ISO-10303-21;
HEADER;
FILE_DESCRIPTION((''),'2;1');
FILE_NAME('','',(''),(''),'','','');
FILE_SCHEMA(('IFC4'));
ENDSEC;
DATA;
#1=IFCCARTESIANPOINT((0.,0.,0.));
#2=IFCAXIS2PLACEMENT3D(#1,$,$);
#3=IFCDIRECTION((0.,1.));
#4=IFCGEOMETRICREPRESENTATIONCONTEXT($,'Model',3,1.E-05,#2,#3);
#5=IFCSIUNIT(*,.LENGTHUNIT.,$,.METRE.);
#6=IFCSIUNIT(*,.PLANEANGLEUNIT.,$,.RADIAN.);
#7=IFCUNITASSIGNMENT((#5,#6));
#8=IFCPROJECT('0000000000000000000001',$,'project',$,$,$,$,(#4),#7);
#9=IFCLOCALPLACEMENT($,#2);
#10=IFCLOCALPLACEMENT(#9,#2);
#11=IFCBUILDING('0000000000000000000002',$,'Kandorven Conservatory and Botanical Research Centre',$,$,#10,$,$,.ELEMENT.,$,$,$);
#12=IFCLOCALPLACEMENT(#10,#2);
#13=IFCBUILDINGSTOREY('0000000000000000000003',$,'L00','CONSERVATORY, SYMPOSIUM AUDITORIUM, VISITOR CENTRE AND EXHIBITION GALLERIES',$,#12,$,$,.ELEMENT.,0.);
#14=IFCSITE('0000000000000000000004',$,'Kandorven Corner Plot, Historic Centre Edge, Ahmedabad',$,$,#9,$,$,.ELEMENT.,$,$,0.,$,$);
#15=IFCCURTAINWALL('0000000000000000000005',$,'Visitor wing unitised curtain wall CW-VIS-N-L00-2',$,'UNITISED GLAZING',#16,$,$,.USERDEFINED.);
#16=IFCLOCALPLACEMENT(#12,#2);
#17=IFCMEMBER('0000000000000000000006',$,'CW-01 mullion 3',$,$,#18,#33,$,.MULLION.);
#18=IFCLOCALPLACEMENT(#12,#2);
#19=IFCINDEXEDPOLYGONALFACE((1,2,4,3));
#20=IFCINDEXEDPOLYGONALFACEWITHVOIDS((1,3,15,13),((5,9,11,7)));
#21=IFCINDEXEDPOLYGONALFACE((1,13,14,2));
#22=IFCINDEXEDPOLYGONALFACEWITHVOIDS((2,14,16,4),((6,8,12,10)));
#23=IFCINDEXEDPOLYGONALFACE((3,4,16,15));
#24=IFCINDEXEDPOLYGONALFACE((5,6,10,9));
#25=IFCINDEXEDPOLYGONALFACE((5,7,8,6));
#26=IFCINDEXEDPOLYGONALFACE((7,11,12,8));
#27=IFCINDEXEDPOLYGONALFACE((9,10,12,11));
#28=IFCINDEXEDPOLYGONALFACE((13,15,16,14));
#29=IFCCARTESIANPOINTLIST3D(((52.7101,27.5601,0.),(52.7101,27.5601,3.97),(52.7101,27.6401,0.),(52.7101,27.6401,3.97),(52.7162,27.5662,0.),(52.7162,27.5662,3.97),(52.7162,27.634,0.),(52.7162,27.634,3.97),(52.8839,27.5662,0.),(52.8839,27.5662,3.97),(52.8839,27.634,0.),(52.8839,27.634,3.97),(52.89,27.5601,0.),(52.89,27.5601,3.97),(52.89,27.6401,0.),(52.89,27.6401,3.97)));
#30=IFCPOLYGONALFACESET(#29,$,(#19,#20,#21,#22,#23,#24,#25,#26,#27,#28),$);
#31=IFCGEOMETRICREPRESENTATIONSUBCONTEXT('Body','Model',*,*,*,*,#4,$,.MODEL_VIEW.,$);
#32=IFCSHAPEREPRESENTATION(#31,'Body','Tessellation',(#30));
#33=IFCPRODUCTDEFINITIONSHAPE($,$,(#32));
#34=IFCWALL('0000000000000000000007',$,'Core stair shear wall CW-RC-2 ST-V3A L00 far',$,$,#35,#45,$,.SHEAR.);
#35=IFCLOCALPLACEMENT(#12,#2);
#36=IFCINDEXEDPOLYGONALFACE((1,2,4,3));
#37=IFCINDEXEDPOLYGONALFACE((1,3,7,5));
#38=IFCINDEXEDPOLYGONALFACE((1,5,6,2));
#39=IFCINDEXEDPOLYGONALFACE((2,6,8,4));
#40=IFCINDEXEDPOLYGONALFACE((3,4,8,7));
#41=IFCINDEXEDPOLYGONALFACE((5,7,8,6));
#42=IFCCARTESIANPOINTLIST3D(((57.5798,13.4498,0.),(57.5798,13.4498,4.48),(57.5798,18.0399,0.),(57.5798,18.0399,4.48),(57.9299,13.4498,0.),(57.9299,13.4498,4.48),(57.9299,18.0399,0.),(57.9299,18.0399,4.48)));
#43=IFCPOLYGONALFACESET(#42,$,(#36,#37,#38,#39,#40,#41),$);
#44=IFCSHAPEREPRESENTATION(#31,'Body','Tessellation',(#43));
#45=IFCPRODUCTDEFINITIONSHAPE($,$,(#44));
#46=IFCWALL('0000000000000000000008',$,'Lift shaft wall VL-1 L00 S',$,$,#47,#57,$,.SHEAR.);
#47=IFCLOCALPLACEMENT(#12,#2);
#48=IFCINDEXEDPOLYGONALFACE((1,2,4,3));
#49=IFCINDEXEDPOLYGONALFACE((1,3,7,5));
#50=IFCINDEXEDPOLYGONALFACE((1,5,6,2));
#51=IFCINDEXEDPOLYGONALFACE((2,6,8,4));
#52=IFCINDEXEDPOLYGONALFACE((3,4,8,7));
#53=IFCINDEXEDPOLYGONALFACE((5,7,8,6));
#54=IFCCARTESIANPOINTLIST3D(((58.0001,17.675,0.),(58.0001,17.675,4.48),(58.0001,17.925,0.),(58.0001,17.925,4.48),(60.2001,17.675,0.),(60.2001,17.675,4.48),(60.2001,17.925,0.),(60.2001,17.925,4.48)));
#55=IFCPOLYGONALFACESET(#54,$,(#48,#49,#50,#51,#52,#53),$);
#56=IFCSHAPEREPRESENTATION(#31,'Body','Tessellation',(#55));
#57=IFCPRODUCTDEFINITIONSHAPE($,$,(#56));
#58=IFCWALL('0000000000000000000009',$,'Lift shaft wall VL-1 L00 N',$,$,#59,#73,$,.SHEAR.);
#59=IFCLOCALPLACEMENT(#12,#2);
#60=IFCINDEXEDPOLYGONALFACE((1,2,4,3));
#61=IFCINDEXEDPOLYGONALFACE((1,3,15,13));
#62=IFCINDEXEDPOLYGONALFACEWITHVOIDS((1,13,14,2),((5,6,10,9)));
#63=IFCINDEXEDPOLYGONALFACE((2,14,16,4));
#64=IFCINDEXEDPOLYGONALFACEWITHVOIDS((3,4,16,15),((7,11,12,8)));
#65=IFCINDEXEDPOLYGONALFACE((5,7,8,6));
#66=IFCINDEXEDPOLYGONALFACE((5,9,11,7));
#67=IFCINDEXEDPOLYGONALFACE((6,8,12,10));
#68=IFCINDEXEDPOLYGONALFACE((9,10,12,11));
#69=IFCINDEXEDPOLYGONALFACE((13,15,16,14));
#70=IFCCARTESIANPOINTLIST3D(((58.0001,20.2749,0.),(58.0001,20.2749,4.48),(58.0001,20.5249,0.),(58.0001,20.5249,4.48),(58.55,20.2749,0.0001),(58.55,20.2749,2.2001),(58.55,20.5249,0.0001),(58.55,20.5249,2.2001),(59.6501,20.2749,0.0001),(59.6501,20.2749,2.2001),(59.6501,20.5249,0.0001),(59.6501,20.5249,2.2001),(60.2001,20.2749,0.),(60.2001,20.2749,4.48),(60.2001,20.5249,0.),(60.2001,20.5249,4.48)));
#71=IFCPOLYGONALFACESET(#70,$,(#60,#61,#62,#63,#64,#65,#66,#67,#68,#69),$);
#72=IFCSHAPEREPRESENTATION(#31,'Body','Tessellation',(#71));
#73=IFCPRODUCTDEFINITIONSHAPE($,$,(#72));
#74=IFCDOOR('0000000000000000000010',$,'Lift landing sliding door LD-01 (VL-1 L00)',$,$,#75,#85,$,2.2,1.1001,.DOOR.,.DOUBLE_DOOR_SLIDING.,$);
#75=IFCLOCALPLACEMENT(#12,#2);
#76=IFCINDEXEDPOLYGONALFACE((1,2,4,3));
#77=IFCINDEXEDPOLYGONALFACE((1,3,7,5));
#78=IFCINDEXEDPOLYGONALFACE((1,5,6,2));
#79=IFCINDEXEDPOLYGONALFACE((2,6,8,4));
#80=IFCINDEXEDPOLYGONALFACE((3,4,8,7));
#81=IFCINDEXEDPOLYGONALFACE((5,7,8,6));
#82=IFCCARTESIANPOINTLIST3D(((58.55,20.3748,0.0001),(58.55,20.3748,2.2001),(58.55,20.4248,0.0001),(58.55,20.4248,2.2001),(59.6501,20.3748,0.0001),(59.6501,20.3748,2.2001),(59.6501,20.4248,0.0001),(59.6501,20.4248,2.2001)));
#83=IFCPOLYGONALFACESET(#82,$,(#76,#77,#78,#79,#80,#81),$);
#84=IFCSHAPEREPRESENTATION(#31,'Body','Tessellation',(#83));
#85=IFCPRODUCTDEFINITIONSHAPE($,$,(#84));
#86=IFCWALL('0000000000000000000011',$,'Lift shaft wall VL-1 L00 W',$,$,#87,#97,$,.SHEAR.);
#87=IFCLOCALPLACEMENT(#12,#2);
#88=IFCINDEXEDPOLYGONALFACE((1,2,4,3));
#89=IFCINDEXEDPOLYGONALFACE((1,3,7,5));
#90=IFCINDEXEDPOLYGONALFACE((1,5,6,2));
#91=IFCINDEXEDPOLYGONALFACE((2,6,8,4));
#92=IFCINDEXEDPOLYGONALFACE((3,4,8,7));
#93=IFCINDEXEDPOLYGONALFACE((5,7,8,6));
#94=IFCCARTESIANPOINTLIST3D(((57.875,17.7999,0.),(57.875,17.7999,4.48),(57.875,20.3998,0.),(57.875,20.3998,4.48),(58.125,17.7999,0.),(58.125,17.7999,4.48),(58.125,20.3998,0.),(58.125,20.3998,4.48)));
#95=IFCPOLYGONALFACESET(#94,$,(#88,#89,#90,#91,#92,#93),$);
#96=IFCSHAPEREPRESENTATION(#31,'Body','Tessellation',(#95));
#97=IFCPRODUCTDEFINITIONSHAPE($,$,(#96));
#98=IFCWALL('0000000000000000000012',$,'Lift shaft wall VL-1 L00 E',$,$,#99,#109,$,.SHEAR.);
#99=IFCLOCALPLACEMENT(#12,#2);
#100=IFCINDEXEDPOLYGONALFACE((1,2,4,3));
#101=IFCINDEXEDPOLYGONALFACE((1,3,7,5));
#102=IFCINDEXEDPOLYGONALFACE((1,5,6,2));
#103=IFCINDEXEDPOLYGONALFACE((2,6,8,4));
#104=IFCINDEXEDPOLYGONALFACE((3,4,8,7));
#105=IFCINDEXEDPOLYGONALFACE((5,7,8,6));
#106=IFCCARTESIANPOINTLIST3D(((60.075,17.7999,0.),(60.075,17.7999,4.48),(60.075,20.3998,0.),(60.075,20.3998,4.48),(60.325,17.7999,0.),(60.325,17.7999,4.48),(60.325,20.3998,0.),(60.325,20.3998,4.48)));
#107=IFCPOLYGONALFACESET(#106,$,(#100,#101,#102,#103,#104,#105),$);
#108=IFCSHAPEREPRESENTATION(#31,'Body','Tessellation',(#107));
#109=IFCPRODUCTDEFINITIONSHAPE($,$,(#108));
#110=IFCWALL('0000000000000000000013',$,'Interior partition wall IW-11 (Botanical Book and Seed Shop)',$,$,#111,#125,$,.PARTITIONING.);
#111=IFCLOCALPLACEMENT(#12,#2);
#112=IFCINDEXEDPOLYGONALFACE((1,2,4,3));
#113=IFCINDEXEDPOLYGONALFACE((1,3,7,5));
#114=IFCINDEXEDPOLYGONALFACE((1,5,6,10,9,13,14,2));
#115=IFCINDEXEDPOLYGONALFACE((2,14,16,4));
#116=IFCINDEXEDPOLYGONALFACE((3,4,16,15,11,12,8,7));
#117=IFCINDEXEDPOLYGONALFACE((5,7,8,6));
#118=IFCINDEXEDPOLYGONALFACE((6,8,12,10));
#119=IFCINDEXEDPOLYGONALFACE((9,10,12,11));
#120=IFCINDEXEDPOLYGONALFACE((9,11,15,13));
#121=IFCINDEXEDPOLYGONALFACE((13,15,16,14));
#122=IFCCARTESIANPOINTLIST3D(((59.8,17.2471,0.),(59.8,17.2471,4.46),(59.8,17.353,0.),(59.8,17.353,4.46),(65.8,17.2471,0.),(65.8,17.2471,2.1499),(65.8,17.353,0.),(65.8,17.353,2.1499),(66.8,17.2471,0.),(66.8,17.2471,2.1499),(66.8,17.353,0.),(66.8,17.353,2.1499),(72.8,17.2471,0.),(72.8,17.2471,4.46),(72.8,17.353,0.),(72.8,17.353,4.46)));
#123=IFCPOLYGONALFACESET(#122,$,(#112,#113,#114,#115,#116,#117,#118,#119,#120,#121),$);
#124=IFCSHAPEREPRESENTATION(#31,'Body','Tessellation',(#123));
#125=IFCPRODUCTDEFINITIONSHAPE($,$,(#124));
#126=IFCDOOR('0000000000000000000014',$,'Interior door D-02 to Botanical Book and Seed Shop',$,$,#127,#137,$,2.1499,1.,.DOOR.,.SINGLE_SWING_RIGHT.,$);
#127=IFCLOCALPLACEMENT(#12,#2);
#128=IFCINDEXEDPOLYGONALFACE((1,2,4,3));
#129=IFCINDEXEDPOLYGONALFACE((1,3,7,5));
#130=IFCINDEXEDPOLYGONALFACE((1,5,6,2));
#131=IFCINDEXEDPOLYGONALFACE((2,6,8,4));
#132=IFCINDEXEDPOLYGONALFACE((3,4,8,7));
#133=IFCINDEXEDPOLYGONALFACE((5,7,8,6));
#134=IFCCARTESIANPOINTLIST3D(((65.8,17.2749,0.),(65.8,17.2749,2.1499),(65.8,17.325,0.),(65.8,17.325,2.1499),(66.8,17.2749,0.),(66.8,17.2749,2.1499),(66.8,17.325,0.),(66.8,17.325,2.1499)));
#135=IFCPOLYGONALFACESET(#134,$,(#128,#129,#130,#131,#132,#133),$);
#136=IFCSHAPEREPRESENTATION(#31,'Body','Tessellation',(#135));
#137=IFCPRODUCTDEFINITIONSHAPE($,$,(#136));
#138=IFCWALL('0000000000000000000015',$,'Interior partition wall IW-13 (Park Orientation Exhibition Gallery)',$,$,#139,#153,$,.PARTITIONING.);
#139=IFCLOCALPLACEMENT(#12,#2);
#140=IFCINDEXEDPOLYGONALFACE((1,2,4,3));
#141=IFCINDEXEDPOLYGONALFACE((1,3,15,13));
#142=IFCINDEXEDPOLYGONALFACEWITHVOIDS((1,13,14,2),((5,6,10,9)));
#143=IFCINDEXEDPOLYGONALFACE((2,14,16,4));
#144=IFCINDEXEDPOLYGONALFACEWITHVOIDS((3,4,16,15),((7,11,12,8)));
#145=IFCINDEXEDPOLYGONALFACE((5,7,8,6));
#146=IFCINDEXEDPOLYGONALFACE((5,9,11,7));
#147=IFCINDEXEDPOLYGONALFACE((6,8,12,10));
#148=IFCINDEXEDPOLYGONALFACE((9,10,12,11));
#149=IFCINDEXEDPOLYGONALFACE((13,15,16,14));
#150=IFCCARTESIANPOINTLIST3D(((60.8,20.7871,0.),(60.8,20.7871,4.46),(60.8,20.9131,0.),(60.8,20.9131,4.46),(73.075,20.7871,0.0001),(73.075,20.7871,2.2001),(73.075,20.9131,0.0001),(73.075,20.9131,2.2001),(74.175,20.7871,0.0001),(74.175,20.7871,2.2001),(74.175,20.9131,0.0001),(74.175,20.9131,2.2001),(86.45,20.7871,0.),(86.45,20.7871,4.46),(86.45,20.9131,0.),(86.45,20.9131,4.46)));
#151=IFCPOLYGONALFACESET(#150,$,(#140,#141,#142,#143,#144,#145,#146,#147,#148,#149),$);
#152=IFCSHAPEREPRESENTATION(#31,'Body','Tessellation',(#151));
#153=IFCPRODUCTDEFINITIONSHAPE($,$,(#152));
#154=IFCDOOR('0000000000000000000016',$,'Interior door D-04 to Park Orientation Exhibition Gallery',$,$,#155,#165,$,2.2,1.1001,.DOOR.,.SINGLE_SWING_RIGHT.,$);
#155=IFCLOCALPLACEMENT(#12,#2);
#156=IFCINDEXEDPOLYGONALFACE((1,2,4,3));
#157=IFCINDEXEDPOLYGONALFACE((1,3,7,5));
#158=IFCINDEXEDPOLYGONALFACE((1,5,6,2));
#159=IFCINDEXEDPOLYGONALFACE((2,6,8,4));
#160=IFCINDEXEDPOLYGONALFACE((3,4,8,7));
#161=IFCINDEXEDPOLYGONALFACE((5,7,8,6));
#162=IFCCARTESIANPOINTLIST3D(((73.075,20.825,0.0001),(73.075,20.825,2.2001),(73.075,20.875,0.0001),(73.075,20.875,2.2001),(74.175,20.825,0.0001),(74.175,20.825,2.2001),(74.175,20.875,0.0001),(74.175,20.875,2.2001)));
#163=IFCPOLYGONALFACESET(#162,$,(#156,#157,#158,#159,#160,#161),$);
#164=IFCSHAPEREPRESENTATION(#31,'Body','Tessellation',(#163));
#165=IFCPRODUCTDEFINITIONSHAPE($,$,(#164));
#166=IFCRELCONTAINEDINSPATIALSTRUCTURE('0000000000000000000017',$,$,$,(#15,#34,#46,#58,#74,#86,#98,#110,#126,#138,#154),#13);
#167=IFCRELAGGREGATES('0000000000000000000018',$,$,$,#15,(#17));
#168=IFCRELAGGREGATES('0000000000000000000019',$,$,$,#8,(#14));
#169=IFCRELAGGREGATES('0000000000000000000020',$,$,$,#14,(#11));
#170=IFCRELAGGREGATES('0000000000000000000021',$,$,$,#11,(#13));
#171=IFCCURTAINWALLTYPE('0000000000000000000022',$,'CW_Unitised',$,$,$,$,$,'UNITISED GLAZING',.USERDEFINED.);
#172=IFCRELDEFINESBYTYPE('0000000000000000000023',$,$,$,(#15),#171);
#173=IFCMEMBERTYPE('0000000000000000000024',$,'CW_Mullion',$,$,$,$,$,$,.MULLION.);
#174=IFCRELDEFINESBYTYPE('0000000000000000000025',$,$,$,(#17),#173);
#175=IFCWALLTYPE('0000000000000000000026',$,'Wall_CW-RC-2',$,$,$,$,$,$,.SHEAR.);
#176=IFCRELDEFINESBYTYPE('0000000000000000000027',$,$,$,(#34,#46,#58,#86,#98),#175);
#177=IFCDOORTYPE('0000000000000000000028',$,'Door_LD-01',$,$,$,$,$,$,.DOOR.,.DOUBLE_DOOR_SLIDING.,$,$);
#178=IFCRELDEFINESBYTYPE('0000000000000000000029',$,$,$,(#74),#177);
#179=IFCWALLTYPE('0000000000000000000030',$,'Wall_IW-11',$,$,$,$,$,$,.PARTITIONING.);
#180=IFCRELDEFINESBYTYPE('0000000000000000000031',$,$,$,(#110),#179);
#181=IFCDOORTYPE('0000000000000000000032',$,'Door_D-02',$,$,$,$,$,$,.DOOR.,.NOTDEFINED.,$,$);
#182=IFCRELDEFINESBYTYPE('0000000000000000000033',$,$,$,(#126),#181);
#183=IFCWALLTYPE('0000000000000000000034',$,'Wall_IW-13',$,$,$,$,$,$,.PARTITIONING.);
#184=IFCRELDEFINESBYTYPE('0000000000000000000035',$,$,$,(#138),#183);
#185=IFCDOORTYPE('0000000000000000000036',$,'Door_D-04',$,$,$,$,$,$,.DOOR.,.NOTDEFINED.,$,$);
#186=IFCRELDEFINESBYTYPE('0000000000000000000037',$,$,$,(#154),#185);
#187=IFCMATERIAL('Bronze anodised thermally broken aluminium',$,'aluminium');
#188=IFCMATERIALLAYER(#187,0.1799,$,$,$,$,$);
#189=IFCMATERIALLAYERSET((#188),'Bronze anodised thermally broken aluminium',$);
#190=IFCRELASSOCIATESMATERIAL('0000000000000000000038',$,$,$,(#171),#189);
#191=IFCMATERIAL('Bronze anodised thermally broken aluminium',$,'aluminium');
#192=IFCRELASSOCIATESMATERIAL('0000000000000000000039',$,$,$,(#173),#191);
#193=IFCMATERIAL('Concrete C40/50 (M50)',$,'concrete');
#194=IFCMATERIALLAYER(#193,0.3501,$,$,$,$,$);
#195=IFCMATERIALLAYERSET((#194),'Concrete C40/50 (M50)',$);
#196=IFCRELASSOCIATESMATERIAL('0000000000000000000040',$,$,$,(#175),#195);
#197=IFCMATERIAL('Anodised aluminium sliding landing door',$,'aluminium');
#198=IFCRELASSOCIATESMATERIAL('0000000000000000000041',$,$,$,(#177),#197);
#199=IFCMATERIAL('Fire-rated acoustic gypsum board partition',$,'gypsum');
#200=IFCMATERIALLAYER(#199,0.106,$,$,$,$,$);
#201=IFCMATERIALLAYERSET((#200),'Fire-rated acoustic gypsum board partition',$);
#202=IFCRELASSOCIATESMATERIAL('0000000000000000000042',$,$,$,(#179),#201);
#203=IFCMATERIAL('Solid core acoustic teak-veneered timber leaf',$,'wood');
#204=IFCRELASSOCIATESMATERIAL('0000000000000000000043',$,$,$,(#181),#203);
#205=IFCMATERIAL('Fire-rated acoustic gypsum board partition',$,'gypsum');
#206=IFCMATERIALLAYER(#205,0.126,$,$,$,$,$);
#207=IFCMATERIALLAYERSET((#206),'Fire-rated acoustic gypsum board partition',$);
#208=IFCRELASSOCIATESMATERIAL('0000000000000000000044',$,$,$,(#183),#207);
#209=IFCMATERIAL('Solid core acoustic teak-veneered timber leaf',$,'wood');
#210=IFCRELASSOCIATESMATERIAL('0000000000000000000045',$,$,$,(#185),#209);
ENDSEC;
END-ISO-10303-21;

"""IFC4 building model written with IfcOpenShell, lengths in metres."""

from ifc_helpers import new_model, si_unit, direction, frame, frame_2d, origin, origin_2d, place, context, subcontext, project, spatial, rectangle, hollow_rectangle, extrude, material, layer, layer_set, material_profile, profile_set, type_object, element, fill, aggregate, save


model = new_model("IFC4")

# Units and contexts
model_context = context("Model", 3, precision=1e-05, world=origin(), true_north=direction((0.0, 1.0)))
body_context = subcontext(model_context, "Body", "Model", "MODEL_VIEW")
ifc_project = project(units=[si_unit("LENGTHUNIT", "METRE"), si_unit("PLANEANGLEUNIT", "RADIAN")], contexts=[model_context])

# Site, building, storey
site_placement = place(None, origin())
site = spatial("IfcSite", under=ifc_project, at=site_placement, Name="Kandorven Corner Plot, Historic Centre Edge, Ahmedabad", CompositionType="ELEMENT", RefElevation=0.0)
building_placement = place(site_placement, origin())
building = spatial("IfcBuilding", under=site, at=building_placement, Name="Kandorven Conservatory and Botanical Research Centre", CompositionType="ELEMENT")
storey_placement = place(building_placement, origin())
storey = spatial("IfcBuildingStorey", under=building, at=storey_placement, Name="L00", Description="CONSERVATORY, SYMPOSIUM AUDITORIUM, VISITOR CENTRE AND EXHIBITION GALLERIES", CompositionType="ELEMENT", Elevation=0.0)

# Curtain wall, member
ifc_material_1 = material(Name="Bronze anodised thermally broken aluminium", Category="aluminium")
ifc_layer_1 = layer(ifc_material_1, 0.1799)
ifc_layer_set_1 = layer_set([ifc_layer_1], Name="Bronze anodised thermally broken aluminium")
curtain_wall_type = type_object("IfcCurtainWallType", Name="CW_Unitised", ElementType="UNITISED GLAZING", PredefinedType="USERDEFINED", material=ifc_layer_set_1)
curtain_wall_placement = place(storey_placement, origin())
curtain_wall = element("IfcCurtainWall", 1, at=curtain_wall_placement, inside=storey, type_object=curtain_wall_type, Name="Visitor wing unitised curtain wall CW-VIS-N-L00-2", ObjectType="UNITISED GLAZING", PredefinedType="USERDEFINED")
ifc_material_2 = material(Name="Bronze anodised thermally broken aluminium", Category="aluminium")
ifc_material_profile_1 = material_profile(ifc_material_2, hollow_rectangle(XDim=0.0801, YDim=0.1799, WallThickness=0.0061, at=origin_2d()))
ifc_profile_set_1 = profile_set([ifc_material_profile_1], Name="Bronze anodised thermally broken aluminium")
member_type = type_object("IfcMemberType", Name="CW_Mullion", PredefinedType="MULLION", material=ifc_profile_set_1)
member_placement = place(storey_placement, frame((52.8, 27.6001, 0.0), z_axis=(0.0, 0.0, 1.0), x_axis=(0.0, 1.0, 0.0)))
member = element("IfcMember", 2, at=member_placement, type_object=member_type, Name="CW-01 mullion 3", PredefinedType="MULLION", context=body_context, shape_type="SweptSolid", body=[
    extrude(hollow_rectangle(XDim=0.0801, YDim=0.1799, WallThickness=0.0061, at=origin_2d()), origin(), (0.0, 0.0, 1.0), 3.97),
])
aggregate(curtain_wall, [member])

# Walls
ifc_material_3 = material(Name="Concrete C40/50 (M50)", Category="concrete")
ifc_layer_2 = layer(ifc_material_3, 0.3501)
ifc_layer_set_2 = layer_set([ifc_layer_2], Name="Concrete C40/50 (M50)")
wall_type_1 = type_object("IfcWallType", Name="Wall_CW-RC-2", PredefinedType="SHEAR", material=ifc_layer_set_2)
wall_1_placement = place(storey_placement, frame((57.7549, 13.45, 0.0), z_axis=(0.0, 0.0, 1.0), x_axis=(0.0, 1.0, 0.0)))
element("IfcWall", 3, at=wall_1_placement, inside=storey, type_object=wall_type_1, Name="Core stair shear wall CW-RC-2 ST-V3A L00 far", PredefinedType="SHEAR", context=body_context, shape_type="SweptSolid", body=[
    extrude(rectangle(XDim=4.5901, YDim=0.3501, at=frame_2d((2.2949, 0.0))), origin(), (0.0, 0.0, 1.0), 4.48),
])
wall_2_placement = place(storey_placement, frame((58.0, 17.8, 0.0), z_axis=(0.0, 0.0, 1.0), x_axis=(1.0, 0.0, 0.0)))
element("IfcWall", 4, at=wall_2_placement, inside=storey, type_object=wall_type_1, Name="Lift shaft wall VL-1 L00 S", PredefinedType="SHEAR", context=body_context, shape_type="SweptSolid", body=[
    extrude(rectangle(XDim=2.2, YDim=0.25, at=frame_2d((1.1001, 0.0))), origin(), (0.0, 0.0, 1.0), 4.48),
])

# Wall, opening, door
wall_3_placement = place(storey_placement, frame((58.0, 20.3999, 0.0), z_axis=(0.0, 0.0, 1.0), x_axis=(1.0, 0.0, 0.0)))
wall_3 = element("IfcWall", 5, at=wall_3_placement, inside=storey, type_object=wall_type_1, Name="Lift shaft wall VL-1 L00 N", PredefinedType="SHEAR", context=body_context, shape_type="SweptSolid", body=[
    extrude(rectangle(XDim=2.2, YDim=0.25, at=frame_2d((1.1001, 0.0))), origin(), (0.0, 0.0, 1.0), 4.48),
])
opening_1_placement = place(wall_3_placement, frame((0.55, 0.0, 0.0)))
opening_1 = element("IfcOpeningElement", 6, at=opening_1_placement, cuts=wall_3, PredefinedType="OPENING", context=body_context, shape_type="SweptSolid", body=[
    extrude(rectangle(XDim=1.1001, YDim=2.2, at=frame_2d((0.55, 1.1001))), frame((0.0, 0.135, 0.0), z_axis=(0.0, -1.0, 0.0), x_axis=(1.0, 0.0, 0.0)), (0.0, 0.0, 1.0), 0.27),
])
ifc_material_4 = material(Name="Anodised aluminium sliding landing door", Category="aluminium")
door_type_1 = type_object("IfcDoorType", Name="Door_LD-01", OperationType="DOUBLE_DOOR_SLIDING", PredefinedType="DOOR", material=ifc_material_4)
door_1_placement = place(opening_1_placement, origin())
door_1 = element("IfcDoor", 7, at=door_1_placement, inside=storey, type_object=door_type_1, Name="Lift landing sliding door LD-01 (VL-1 L00)", OperationType="DOUBLE_DOOR_SLIDING", OverallHeight=2.2, OverallWidth=1.1001, PredefinedType="DOOR", context=body_context, shape_type="SweptSolid", body=[
    extrude(rectangle(XDim=1.1001, YDim=2.2, at=frame_2d((0.55, 1.1001))), frame((0.0, 0.0249, 0.0), z_axis=(0.0, -1.0, 0.0), x_axis=(1.0, 0.0, 0.0)), (0.0, 0.0, 1.0), 0.05),
])
fill(opening_1, door_1)

# Walls
for number, where, z_axis, x_axis, name in (
    (8, (58.0, 17.8, 0.0), (0.0, 0.0, 1.0), (0.0, 1.0, 0.0), "Lift shaft wall VL-1 L00 W"),
    (9, (60.2, 17.8, 0.0), (0.0, 0.0, 1.0), (0.0, 1.0, 0.0), "Lift shaft wall VL-1 L00 E"),
):
    element("IfcWall", number, at=place(storey_placement, frame(where, z_axis=z_axis, x_axis=x_axis)), inside=storey, type_object=wall_type_1, Name=name, PredefinedType="SHEAR", context=body_context, shape_type="SweptSolid", body=[
        extrude(rectangle(XDim=2.5999, YDim=0.25, at=frame_2d((1.2998, 0.0))), origin(), (0.0, 0.0, 1.0), 4.48),
    ])

# Walls, openings, doors
ifc_material_5 = material(Name="Fire-rated acoustic gypsum board partition", Category="gypsum")
ifc_layer_3 = layer(ifc_material_5, 0.106)
ifc_layer_set_3 = layer_set([ifc_layer_3], Name="Fire-rated acoustic gypsum board partition")
wall_type_2 = type_object("IfcWallType", Name="Wall_IW-11", PredefinedType="PARTITIONING", material=ifc_layer_set_3)
wall_4_placement = place(storey_placement, frame((59.8, 17.3, 0.0), z_axis=(0.0, 0.0, 1.0), x_axis=(1.0, 0.0, 0.0)))
wall_4 = element("IfcWall", 10, at=wall_4_placement, inside=storey, type_object=wall_type_2, Name="Interior partition wall IW-11 (Botanical Book and Seed Shop)", PredefinedType="PARTITIONING", context=body_context, shape_type="SweptSolid", body=[
    extrude(rectangle(XDim=13.0, YDim=0.106, at=frame_2d((6.5, 0.0))), origin(), (0.0, 0.0, 1.0), 4.46),
])
opening_2_placement = place(wall_4_placement, frame((6.0, 0.0, 0.0)))
opening_2 = element("IfcOpeningElement", 11, at=opening_2_placement, cuts=wall_4, PredefinedType="OPENING", context=body_context, shape_type="SweptSolid", body=[
    extrude(rectangle(XDim=1.0, YDim=2.1499, at=frame_2d((0.5, 1.075))), frame((0.0, 0.063, 0.0), z_axis=(0.0, -1.0, 0.0), x_axis=(1.0, 0.0, 0.0)), (0.0, 0.0, 1.0), 0.126),
])
ifc_material_6 = material(Name="Solid core acoustic teak-veneered timber leaf", Category="wood")
door_type_2 = type_object("IfcDoorType", Name="Door_D-02", OperationType="NOTDEFINED", PredefinedType="DOOR", material=ifc_material_6)
door_2_placement = place(opening_2_placement, origin())
door_2 = element("IfcDoor", 12, at=door_2_placement, inside=storey, type_object=door_type_2, Name="Interior door D-02 to Botanical Book and Seed Shop", OperationType="SINGLE_SWING_RIGHT", OverallHeight=2.1499, OverallWidth=1.0, PredefinedType="DOOR", context=body_context, shape_type="SweptSolid", body=[
    extrude(rectangle(XDim=1.0, YDim=2.1499, at=frame_2d((0.5, 1.075))), frame((0.0, 0.0249, 0.0), z_axis=(0.0, -1.0, 0.0), x_axis=(1.0, 0.0, 0.0)), (0.0, 0.0, 1.0), 0.05),
])
fill(opening_2, door_2)
ifc_material_7 = material(Name="Fire-rated acoustic gypsum board partition", Category="gypsum")
ifc_layer_4 = layer(ifc_material_7, 0.126)
ifc_layer_set_4 = layer_set([ifc_layer_4], Name="Fire-rated acoustic gypsum board partition")
wall_type_3 = type_object("IfcWallType", Name="Wall_IW-13", PredefinedType="PARTITIONING", material=ifc_layer_set_4)
wall_5_placement = place(storey_placement, frame((60.8, 20.8501, 0.0), z_axis=(0.0, 0.0, 1.0), x_axis=(1.0, 0.0, 0.0)))
wall_5 = element("IfcWall", 13, at=wall_5_placement, inside=storey, type_object=wall_type_3, Name="Interior partition wall IW-13 (Park Orientation Exhibition Gallery)", PredefinedType="PARTITIONING", context=body_context, shape_type="SweptSolid", body=[
    extrude(rectangle(XDim=25.6499, YDim=0.126, at=frame_2d((12.825, 0.0))), origin(), (0.0, 0.0, 1.0), 4.46),
])
opening_3_placement = place(wall_5_placement, frame((12.2749, 0.0, 0.0)))
opening_3 = element("IfcOpeningElement", 14, at=opening_3_placement, cuts=wall_5, PredefinedType="OPENING", context=body_context, shape_type="SweptSolid", body=[
    extrude(rectangle(XDim=1.1001, YDim=2.2, at=frame_2d((0.55, 1.1001))), frame((0.0, 0.073, 0.0), z_axis=(0.0, -1.0, 0.0), x_axis=(1.0, 0.0, 0.0)), (0.0, 0.0, 1.0), 0.146),
])
ifc_material_8 = material(Name="Solid core acoustic teak-veneered timber leaf", Category="wood")
door_type_3 = type_object("IfcDoorType", Name="Door_D-04", OperationType="NOTDEFINED", PredefinedType="DOOR", material=ifc_material_8)
door_3_placement = place(opening_3_placement, origin())
door_3 = element("IfcDoor", 15, at=door_3_placement, inside=storey, type_object=door_type_3, Name="Interior door D-04 to Park Orientation Exhibition Gallery", OperationType="SINGLE_SWING_RIGHT", OverallHeight=2.2, OverallWidth=1.1001, PredefinedType="DOOR", context=body_context, shape_type="SweptSolid", body=[
    extrude(rectangle(XDim=1.1001, YDim=2.2, at=frame_2d((0.55, 1.1001))), frame((0.0, 0.0249, 0.0), z_axis=(0.0, -1.0, 0.0), x_axis=(1.0, 0.0, 0.0)), (0.0, 0.0, 1.0), 0.05),
])
fill(opening_3, door_3)

save(model, "model.ifc")
